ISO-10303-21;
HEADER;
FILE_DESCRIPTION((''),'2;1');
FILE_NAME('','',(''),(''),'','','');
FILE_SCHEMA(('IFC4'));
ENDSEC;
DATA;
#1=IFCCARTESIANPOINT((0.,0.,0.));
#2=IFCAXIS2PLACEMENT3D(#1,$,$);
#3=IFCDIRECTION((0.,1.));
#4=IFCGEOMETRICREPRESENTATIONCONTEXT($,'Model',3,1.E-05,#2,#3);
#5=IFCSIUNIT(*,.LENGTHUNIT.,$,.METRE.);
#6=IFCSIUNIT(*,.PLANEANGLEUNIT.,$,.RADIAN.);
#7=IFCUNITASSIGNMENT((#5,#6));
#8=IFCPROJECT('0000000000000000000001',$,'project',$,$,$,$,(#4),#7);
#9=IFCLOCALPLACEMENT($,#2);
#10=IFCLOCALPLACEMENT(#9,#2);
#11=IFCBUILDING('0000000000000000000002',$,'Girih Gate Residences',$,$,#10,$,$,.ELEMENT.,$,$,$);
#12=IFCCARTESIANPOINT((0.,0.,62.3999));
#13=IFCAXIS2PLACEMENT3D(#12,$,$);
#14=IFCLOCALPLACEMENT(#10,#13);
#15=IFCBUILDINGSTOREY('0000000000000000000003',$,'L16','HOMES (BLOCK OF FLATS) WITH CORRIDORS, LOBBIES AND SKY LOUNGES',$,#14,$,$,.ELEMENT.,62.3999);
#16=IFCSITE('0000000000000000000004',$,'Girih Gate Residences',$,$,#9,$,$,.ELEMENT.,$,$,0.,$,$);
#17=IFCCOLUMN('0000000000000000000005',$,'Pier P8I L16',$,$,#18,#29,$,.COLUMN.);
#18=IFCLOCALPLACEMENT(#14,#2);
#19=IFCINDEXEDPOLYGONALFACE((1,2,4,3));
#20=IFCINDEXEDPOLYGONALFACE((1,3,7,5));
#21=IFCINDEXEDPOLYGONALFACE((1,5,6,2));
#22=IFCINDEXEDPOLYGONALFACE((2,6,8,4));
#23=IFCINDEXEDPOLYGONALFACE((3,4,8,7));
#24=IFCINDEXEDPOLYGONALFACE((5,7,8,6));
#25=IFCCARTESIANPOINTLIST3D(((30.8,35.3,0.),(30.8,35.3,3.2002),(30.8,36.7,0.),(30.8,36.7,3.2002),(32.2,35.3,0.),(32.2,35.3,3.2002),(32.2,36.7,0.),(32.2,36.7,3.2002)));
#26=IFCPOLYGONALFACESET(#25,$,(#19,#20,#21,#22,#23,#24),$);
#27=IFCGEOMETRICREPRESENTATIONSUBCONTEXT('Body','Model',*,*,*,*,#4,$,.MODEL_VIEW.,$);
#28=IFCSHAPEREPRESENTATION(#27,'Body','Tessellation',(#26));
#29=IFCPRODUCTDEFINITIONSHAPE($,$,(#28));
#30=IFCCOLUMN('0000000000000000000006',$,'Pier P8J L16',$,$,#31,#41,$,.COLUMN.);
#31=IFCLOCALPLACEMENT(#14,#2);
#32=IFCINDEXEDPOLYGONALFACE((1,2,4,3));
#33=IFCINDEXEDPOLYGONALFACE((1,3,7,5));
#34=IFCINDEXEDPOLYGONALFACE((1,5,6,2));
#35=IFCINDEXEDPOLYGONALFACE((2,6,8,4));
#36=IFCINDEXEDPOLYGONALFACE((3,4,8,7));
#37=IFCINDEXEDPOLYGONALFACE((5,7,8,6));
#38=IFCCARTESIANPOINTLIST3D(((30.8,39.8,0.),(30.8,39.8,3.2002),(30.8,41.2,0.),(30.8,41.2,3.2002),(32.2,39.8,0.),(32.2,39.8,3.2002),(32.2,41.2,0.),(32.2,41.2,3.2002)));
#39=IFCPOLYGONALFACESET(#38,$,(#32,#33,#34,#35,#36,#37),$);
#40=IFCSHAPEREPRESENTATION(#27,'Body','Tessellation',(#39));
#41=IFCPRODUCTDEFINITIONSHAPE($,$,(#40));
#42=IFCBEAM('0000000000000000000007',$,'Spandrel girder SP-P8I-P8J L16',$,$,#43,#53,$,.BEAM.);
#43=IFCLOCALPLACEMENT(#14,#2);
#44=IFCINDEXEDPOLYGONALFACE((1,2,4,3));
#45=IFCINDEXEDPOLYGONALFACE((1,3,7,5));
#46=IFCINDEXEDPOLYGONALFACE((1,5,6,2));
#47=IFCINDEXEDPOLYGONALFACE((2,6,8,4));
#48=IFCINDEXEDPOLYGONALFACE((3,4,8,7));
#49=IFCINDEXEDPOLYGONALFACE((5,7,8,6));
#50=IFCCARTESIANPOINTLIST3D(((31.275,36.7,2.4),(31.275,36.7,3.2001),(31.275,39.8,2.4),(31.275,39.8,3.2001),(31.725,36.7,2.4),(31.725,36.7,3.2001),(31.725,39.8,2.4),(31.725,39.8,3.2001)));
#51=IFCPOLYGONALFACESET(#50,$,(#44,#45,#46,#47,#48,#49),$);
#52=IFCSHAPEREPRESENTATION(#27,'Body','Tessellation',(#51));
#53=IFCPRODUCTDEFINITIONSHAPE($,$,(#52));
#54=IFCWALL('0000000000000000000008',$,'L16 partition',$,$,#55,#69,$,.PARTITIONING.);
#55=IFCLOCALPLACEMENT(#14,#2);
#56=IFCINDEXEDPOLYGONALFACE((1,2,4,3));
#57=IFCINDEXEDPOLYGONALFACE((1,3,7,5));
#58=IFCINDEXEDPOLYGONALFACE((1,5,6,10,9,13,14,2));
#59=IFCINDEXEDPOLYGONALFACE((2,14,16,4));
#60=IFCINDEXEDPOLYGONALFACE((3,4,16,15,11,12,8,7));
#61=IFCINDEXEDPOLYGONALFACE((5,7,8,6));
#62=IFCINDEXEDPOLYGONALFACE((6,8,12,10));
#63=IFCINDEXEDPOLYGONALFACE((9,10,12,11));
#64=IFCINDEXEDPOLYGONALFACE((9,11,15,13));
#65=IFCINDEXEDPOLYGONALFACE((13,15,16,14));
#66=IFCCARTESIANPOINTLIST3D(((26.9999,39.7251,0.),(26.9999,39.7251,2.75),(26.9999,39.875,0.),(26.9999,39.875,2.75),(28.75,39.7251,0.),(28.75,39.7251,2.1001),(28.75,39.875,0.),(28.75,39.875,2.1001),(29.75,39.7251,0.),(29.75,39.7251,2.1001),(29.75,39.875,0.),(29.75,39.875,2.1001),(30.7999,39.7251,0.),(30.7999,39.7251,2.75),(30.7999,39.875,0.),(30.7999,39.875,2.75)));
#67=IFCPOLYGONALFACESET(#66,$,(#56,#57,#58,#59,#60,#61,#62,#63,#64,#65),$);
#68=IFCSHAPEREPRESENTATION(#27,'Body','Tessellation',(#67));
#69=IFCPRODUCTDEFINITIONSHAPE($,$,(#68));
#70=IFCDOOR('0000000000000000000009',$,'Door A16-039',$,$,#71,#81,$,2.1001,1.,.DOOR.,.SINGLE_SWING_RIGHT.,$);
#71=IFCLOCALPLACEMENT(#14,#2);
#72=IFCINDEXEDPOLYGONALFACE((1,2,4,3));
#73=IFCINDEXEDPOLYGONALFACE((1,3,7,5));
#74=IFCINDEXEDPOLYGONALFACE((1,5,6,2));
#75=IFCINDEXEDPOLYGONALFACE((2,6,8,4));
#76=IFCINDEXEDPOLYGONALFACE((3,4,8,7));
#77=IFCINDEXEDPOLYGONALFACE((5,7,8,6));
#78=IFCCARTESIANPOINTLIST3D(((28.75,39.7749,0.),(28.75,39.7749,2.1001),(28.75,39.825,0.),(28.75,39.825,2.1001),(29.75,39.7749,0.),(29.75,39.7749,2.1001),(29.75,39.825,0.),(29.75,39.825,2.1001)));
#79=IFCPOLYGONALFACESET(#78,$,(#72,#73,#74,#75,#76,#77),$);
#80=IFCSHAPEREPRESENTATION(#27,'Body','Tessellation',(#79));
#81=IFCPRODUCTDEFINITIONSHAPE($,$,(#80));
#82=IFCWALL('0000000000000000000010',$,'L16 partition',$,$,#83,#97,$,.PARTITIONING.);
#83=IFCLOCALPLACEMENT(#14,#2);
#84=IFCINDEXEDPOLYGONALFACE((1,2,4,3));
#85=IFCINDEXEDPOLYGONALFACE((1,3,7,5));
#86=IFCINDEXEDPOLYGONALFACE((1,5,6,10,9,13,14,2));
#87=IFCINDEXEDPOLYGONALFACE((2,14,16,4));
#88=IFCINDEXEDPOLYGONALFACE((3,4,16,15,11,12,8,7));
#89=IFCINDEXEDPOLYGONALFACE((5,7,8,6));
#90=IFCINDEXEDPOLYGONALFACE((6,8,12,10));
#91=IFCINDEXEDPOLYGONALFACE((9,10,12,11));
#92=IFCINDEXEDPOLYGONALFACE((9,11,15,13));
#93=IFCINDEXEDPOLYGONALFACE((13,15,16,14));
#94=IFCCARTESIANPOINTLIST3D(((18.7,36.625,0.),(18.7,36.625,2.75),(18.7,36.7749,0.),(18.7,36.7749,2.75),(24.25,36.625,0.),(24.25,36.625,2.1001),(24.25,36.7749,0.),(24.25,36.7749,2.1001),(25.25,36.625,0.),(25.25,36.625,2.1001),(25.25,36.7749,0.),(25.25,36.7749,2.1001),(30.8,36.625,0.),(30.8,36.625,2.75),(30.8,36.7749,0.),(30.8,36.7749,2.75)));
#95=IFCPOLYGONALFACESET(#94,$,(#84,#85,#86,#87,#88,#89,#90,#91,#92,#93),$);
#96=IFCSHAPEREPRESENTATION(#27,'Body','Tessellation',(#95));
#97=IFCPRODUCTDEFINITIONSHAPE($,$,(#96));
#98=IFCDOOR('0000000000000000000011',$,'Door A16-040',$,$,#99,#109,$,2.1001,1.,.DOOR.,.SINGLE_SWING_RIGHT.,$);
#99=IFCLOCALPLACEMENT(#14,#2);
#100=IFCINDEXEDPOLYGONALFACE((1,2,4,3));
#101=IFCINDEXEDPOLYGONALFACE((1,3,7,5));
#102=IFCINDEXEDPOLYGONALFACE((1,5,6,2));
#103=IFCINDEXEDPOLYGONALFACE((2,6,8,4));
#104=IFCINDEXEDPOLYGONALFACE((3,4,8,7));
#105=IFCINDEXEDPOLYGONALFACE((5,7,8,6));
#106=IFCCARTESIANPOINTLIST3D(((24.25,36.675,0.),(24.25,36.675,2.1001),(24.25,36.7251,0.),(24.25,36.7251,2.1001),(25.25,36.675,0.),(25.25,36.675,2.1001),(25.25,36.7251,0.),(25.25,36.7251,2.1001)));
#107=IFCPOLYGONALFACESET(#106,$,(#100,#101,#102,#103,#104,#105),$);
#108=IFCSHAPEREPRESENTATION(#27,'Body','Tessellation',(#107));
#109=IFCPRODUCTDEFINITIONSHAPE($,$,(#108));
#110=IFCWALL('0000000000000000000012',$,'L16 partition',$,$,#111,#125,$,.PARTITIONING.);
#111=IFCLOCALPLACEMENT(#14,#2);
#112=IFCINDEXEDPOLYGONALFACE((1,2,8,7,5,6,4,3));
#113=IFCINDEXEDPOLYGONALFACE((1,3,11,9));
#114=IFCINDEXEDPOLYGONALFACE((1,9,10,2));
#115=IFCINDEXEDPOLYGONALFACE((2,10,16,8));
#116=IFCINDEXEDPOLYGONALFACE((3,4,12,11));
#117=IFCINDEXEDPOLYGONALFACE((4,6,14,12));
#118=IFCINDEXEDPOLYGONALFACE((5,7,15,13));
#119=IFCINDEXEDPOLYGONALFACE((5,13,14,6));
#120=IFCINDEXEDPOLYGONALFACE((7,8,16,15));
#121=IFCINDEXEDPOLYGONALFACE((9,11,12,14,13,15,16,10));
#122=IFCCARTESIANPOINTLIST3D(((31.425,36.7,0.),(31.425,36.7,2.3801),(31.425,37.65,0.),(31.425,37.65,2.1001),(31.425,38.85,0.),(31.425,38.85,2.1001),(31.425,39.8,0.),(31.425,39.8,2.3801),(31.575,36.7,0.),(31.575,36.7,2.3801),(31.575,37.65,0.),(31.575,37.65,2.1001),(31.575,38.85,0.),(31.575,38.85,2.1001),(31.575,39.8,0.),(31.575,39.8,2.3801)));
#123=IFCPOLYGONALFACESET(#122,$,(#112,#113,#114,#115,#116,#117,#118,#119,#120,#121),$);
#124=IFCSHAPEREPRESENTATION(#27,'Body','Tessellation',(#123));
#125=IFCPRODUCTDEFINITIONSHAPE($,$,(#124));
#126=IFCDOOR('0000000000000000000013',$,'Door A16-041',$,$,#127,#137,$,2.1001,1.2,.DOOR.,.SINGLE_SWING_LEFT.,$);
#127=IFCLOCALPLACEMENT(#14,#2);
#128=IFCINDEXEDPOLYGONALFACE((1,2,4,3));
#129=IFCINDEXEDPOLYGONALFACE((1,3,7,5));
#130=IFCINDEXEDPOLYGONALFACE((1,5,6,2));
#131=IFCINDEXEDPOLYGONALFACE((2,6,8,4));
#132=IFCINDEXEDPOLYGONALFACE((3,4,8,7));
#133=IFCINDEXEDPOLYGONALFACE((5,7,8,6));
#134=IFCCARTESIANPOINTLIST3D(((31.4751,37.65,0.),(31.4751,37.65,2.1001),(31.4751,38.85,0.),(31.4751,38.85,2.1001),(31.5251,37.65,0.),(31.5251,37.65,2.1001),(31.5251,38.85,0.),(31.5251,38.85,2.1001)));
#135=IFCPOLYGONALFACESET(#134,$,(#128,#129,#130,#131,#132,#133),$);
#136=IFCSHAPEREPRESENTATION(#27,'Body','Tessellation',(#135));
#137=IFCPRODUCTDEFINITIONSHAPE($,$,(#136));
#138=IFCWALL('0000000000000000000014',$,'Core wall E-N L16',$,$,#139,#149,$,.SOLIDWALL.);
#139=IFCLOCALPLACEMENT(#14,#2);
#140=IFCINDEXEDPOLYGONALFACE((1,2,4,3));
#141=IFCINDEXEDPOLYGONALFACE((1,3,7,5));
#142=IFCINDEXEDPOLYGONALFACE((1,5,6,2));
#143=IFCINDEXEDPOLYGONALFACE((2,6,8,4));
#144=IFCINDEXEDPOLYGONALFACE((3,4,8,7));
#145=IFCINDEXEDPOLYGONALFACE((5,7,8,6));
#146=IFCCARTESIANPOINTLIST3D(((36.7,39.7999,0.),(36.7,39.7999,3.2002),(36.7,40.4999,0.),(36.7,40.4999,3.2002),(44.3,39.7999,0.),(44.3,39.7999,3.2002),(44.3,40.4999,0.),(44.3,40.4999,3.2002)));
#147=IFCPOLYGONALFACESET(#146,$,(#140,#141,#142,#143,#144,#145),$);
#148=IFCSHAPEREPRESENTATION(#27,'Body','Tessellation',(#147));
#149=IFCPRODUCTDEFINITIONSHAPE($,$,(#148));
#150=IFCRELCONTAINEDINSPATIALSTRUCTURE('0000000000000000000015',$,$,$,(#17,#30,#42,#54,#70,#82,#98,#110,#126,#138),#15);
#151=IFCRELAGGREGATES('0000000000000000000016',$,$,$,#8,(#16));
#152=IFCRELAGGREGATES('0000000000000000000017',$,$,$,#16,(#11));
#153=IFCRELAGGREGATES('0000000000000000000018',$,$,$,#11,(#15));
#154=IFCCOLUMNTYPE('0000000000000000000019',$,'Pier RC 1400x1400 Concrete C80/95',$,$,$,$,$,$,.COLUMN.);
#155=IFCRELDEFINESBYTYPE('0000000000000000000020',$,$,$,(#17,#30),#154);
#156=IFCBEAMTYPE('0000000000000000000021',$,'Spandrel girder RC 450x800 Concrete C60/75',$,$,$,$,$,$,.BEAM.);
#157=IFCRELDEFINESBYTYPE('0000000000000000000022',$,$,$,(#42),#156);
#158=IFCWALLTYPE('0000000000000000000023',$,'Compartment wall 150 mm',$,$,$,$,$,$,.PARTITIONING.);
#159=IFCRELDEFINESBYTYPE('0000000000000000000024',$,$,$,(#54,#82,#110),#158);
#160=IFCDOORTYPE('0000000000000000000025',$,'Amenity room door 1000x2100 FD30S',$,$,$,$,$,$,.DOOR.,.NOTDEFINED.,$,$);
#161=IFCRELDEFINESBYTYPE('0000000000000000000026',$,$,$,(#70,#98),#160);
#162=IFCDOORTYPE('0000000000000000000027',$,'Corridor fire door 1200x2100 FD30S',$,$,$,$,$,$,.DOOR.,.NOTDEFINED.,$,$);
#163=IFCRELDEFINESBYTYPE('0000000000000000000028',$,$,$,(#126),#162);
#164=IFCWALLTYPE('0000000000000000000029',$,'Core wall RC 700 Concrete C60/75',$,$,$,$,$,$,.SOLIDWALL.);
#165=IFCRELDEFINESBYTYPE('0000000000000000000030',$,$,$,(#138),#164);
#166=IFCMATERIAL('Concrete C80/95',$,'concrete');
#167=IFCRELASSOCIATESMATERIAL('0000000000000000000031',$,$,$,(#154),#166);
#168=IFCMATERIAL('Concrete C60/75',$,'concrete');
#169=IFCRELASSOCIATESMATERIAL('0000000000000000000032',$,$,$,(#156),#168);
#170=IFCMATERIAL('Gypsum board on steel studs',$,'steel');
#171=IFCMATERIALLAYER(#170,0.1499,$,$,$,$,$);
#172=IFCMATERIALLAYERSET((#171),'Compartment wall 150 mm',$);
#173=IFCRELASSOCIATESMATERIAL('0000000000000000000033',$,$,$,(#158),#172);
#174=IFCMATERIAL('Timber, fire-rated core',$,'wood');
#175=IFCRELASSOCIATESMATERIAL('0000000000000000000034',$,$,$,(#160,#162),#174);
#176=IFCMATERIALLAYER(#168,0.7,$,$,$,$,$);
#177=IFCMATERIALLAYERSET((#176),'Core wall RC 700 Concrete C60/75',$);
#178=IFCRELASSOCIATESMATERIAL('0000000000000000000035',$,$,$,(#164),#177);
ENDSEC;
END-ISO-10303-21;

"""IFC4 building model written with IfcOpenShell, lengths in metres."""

from ifc_helpers import new_model, si_unit, direction, frame, frame_2d, origin, origin_2d, place, context, subcontext, project, spatial, rectangle, extrude, material, layer, layer_set, material_profile, profile_set, type_object, element, fill, save


model = new_model("IFC4")

# Units and contexts
model_context = context("Model", 3, precision=1e-05, world=origin(), true_north=direction((0.0, 1.0)))
body_context = subcontext(model_context, "Body", "Model", "MODEL_VIEW")
ifc_project = project(units=[si_unit("LENGTHUNIT", "METRE"), si_unit("PLANEANGLEUNIT", "RADIAN")], contexts=[model_context])

# Site, building, storey
site_placement = place(None, origin())
site = spatial("IfcSite", under=ifc_project, at=site_placement, Name="Girih Gate Residences", CompositionType="ELEMENT", RefElevation=0.0)
building_placement = place(site_placement, origin())
building = spatial("IfcBuilding", under=site, at=building_placement, Name="Girih Gate Residences", CompositionType="ELEMENT")
storey_placement = place(building_placement, frame((0.0, 0.0, 62.3999)))
storey = spatial("IfcBuildingStorey", under=building, at=storey_placement, Name="L16", Description="HOMES (BLOCK OF FLATS) WITH CORRIDORS, LOBBIES AND SKY LOUNGES", CompositionType="ELEMENT", Elevation=62.3999)

# Columns
ifc_material_1 = material(Name="Concrete C80/95", Category="concrete")
ifc_material_profile_1 = material_profile(ifc_material_1, rectangle(XDim=1.3999, YDim=1.3999, at=origin_2d()))
ifc_profile_set_1 = profile_set([ifc_material_profile_1], Name="Concrete C80/95")
column_type = type_object("IfcColumnType", Name="Pier RC 1400x1400 Concrete C80/95", PredefinedType="COLUMN", material=ifc_profile_set_1)
for number, where, z_axis, x_axis, name in (
    (1, (31.5, 36.0, 0.0), (0.0, 0.0, 1.0), (1.0, 0.0, 0.0), "Pier P8I L16"),
    (2, (31.5, 40.5, 0.0), (0.0, 0.0, 1.0), (1.0, 0.0, 0.0), "Pier P8J L16"),
):
    element("IfcColumn", number, at=place(storey_placement, frame(where, z_axis=z_axis, x_axis=x_axis)), inside=storey, type_object=column_type, Name=name, PredefinedType="COLUMN", context=body_context, shape_type="SweptSolid", body=[
        extrude(rectangle(XDim=1.3999, YDim=1.3999, at=origin_2d()), origin(), (0.0, 0.0, 1.0), 3.2002),
    ])

# Beam
ifc_material_2 = material(Name="Concrete C60/75", Category="concrete")
ifc_material_profile_2 = material_profile(ifc_material_2, rectangle(XDim=0.45, YDim=0.8, at=origin_2d()))
ifc_profile_set_2 = profile_set([ifc_material_profile_2], Name="Concrete C60/75")
beam_type = type_object("IfcBeamType", Name="Spandrel girder RC 450x800 Concrete C60/75", PredefinedType="BEAM", material=ifc_profile_set_2)
beam_placement = place(storey_placement, frame((31.5, 36.7, 2.8), z_axis=(0.0, 1.0, 0.0), x_axis=(-1.0, 0.0, 0.0)))
element("IfcBeam", 3, at=beam_placement, inside=storey, type_object=beam_type, Name="Spandrel girder SP-P8I-P8J L16", PredefinedType="BEAM", context=body_context, shape_type="SweptSolid", body=[
    extrude(rectangle(XDim=0.45, YDim=0.8, at=origin_2d()), origin(), (0.0, 0.0, 1.0), 3.1001),
])

# Walls, openings, doors
ifc_material_3 = material(Name="Gypsum board on steel studs", Category="steel")
ifc_layer_1 = layer(ifc_material_3, 0.1499)
ifc_layer_set_1 = layer_set([ifc_layer_1], Name="Compartment wall 150 mm")
wall_type_1 = type_object("IfcWallType", Name="Compartment wall 150 mm", PredefinedType="PARTITIONING", material=ifc_layer_set_1)
wall_1_placement = place(storey_placement, frame((27.0, 39.8, 0.0), z_axis=(0.0, 0.0, 1.0), x_axis=(1.0, 0.0, 0.0)))
wall_1 = element("IfcWall", 4, at=wall_1_placement, inside=storey, type_object=wall_type_1, Name="L16 partition", PredefinedType="PARTITIONING", context=body_context, shape_type="SweptSolid", body=[
    extrude(rectangle(XDim=3.8, YDim=0.1499, at=frame_2d((1.8999, 0.0))), origin(), (0.0, 0.0, 1.0), 2.75),
])
opening_1_placement = place(wall_1_placement, frame((1.75, 0.0, 0.0)))
opening_1 = element("IfcOpeningElement", 5, at=opening_1_placement, cuts=wall_1, PredefinedType="OPENING", context=body_context, shape_type="SweptSolid", body=[
    extrude(rectangle(XDim=1.0, YDim=2.1001, at=frame_2d((0.5, 1.05))), frame((0.0, 0.085, 0.0), z_axis=(0.0, -1.0, 0.0), x_axis=(1.0, 0.0, 0.0)), (0.0, 0.0, 1.0), 0.1699),
])
ifc_material_4 = material(Name="Timber, fire-rated core", Category="wood")
door_type_1 = type_object("IfcDoorType", Name="Amenity room door 1000x2100 FD30S", OperationType="NOTDEFINED", PredefinedType="DOOR", material=ifc_material_4)
door_1_placement = place(opening_1_placement, origin())
door_1 = element("IfcDoor", 6, at=door_1_placement, inside=storey, type_object=door_type_1, Name="Door A16-039", OperationType="SINGLE_SWING_RIGHT", OverallHeight=2.1001, OverallWidth=1.0, PredefinedType="DOOR", context=body_context, shape_type="SweptSolid", body=[
    extrude(rectangle(XDim=1.0, YDim=2.1001, at=frame_2d((0.5, 1.05))), frame((0.0, 0.0249, 0.0), z_axis=(0.0, -1.0, 0.0), x_axis=(1.0, 0.0, 0.0)), (0.0, 0.0, 1.0), 0.05),
])
fill(opening_1, door_1)
wall_2_placement = place(storey_placement, frame((30.8, 36.7, 0.0), z_axis=(0.0, 0.0, 1.0), x_axis=(-1.0, 0.0, 0.0)))
wall_2 = element("IfcWall", 7, at=wall_2_placement, inside=storey, type_object=wall_type_1, Name="L16 partition", PredefinedType="PARTITIONING", context=body_context, shape_type="SweptSolid", body=[
    extrude(rectangle(XDim=12.1001, YDim=0.1499, at=frame_2d((6.05, 0.0))), origin(), (0.0, 0.0, 1.0), 2.75),
])
opening_2_placement = place(wall_2_placement, frame((5.55, 0.0, 0.0)))
opening_2 = element("IfcOpeningElement", 8, at=opening_2_placement, cuts=wall_2, PredefinedType="OPENING", context=body_context, shape_type="SweptSolid", body=[
    extrude(rectangle(XDim=1.0, YDim=2.1001, at=frame_2d((0.5, 1.05))), frame((0.0, 0.085, 0.0), z_axis=(0.0, -1.0, 0.0), x_axis=(1.0, 0.0, 0.0)), (0.0, 0.0, 1.0), 0.1699),
])
door_2_placement = place(opening_2_placement, origin())
door_2 = element("IfcDoor", 9, at=door_2_placement, inside=storey, type_object=door_type_1, Name="Door A16-040", OperationType="SINGLE_SWING_RIGHT", OverallHeight=2.1001, OverallWidth=1.0, PredefinedType="DOOR", context=body_context, shape_type="SweptSolid", body=[
    extrude(rectangle(XDim=1.0, YDim=2.1001, at=frame_2d((0.5, 1.05))), frame((0.0, 0.0249, 0.0), z_axis=(0.0, -1.0, 0.0), x_axis=(1.0, 0.0, 0.0)), (0.0, 0.0, 1.0), 0.05),
])
fill(opening_2, door_2)
wall_3_placement = place(storey_placement, frame((31.5, 36.7, 0.0), z_axis=(0.0, 0.0, 1.0), x_axis=(0.0, 1.0, 0.0)))
wall_3 = element("IfcWall", 10, at=wall_3_placement, inside=storey, type_object=wall_type_1, Name="L16 partition", PredefinedType="PARTITIONING", context=body_context, shape_type="SweptSolid", body=[
    extrude(rectangle(XDim=3.1001, YDim=0.1499, at=frame_2d((1.55, 0.0))), origin(), (0.0, 0.0, 1.0), 2.3801),
])
opening_3_placement = place(wall_3_placement, frame((0.95, 0.0, 0.0)))
opening_3 = element("IfcOpeningElement", 11, at=opening_3_placement, cuts=wall_3, PredefinedType="OPENING", context=body_context, shape_type="SweptSolid", body=[
    extrude(rectangle(XDim=1.2, YDim=2.1001, at=frame_2d((0.6001, 1.05))), frame((0.0, 0.085, 0.0), z_axis=(0.0, -1.0, 0.0), x_axis=(1.0, 0.0, 0.0)), (0.0, 0.0, 1.0), 0.1699),
])
door_type_2 = type_object("IfcDoorType", Name="Corridor fire door 1200x2100 FD30S", OperationType="NOTDEFINED", PredefinedType="DOOR", material=ifc_material_4)
door_3_placement = place(opening_3_placement, origin())
door_3 = element("IfcDoor", 12, at=door_3_placement, inside=storey, type_object=door_type_2, Name="Door A16-041", OperationType="SINGLE_SWING_LEFT", OverallHeight=2.1001, OverallWidth=1.2, PredefinedType="DOOR", context=body_context, shape_type="SweptSolid", body=[
    extrude(rectangle(XDim=1.2, YDim=2.1001, at=frame_2d((0.6001, 1.05))), frame((0.0, 0.0249, 0.0), z_axis=(0.0, -1.0, 0.0), x_axis=(1.0, 0.0, 0.0)), (0.0, 0.0, 1.0), 0.05),
])
fill(opening_3, door_3)

# Wall
ifc_layer_2 = layer(ifc_material_2, 0.7)
ifc_layer_set_2 = layer_set([ifc_layer_2], Name="Core wall RC 700 Concrete C60/75")
wall_type_2 = type_object("IfcWallType", Name="Core wall RC 700 Concrete C60/75", PredefinedType="SOLIDWALL", material=ifc_layer_set_2)
wall_4_placement = place(storey_placement, frame((36.7, 40.1499, 0.0), z_axis=(0.0, 0.0, 1.0), x_axis=(1.0, 0.0, 0.0)))
element("IfcWall", 13, at=wall_4_placement, inside=storey, type_object=wall_type_2, Name="Core wall E-N L16", PredefinedType="SOLIDWALL", context=body_context, shape_type="SweptSolid", body=[
    extrude(rectangle(XDim=7.6001, YDim=0.7, at=frame_2d((3.8, 0.0))), origin(), (0.0, 0.0, 1.0), 3.2002),
])

save(model, "model.ifc")
